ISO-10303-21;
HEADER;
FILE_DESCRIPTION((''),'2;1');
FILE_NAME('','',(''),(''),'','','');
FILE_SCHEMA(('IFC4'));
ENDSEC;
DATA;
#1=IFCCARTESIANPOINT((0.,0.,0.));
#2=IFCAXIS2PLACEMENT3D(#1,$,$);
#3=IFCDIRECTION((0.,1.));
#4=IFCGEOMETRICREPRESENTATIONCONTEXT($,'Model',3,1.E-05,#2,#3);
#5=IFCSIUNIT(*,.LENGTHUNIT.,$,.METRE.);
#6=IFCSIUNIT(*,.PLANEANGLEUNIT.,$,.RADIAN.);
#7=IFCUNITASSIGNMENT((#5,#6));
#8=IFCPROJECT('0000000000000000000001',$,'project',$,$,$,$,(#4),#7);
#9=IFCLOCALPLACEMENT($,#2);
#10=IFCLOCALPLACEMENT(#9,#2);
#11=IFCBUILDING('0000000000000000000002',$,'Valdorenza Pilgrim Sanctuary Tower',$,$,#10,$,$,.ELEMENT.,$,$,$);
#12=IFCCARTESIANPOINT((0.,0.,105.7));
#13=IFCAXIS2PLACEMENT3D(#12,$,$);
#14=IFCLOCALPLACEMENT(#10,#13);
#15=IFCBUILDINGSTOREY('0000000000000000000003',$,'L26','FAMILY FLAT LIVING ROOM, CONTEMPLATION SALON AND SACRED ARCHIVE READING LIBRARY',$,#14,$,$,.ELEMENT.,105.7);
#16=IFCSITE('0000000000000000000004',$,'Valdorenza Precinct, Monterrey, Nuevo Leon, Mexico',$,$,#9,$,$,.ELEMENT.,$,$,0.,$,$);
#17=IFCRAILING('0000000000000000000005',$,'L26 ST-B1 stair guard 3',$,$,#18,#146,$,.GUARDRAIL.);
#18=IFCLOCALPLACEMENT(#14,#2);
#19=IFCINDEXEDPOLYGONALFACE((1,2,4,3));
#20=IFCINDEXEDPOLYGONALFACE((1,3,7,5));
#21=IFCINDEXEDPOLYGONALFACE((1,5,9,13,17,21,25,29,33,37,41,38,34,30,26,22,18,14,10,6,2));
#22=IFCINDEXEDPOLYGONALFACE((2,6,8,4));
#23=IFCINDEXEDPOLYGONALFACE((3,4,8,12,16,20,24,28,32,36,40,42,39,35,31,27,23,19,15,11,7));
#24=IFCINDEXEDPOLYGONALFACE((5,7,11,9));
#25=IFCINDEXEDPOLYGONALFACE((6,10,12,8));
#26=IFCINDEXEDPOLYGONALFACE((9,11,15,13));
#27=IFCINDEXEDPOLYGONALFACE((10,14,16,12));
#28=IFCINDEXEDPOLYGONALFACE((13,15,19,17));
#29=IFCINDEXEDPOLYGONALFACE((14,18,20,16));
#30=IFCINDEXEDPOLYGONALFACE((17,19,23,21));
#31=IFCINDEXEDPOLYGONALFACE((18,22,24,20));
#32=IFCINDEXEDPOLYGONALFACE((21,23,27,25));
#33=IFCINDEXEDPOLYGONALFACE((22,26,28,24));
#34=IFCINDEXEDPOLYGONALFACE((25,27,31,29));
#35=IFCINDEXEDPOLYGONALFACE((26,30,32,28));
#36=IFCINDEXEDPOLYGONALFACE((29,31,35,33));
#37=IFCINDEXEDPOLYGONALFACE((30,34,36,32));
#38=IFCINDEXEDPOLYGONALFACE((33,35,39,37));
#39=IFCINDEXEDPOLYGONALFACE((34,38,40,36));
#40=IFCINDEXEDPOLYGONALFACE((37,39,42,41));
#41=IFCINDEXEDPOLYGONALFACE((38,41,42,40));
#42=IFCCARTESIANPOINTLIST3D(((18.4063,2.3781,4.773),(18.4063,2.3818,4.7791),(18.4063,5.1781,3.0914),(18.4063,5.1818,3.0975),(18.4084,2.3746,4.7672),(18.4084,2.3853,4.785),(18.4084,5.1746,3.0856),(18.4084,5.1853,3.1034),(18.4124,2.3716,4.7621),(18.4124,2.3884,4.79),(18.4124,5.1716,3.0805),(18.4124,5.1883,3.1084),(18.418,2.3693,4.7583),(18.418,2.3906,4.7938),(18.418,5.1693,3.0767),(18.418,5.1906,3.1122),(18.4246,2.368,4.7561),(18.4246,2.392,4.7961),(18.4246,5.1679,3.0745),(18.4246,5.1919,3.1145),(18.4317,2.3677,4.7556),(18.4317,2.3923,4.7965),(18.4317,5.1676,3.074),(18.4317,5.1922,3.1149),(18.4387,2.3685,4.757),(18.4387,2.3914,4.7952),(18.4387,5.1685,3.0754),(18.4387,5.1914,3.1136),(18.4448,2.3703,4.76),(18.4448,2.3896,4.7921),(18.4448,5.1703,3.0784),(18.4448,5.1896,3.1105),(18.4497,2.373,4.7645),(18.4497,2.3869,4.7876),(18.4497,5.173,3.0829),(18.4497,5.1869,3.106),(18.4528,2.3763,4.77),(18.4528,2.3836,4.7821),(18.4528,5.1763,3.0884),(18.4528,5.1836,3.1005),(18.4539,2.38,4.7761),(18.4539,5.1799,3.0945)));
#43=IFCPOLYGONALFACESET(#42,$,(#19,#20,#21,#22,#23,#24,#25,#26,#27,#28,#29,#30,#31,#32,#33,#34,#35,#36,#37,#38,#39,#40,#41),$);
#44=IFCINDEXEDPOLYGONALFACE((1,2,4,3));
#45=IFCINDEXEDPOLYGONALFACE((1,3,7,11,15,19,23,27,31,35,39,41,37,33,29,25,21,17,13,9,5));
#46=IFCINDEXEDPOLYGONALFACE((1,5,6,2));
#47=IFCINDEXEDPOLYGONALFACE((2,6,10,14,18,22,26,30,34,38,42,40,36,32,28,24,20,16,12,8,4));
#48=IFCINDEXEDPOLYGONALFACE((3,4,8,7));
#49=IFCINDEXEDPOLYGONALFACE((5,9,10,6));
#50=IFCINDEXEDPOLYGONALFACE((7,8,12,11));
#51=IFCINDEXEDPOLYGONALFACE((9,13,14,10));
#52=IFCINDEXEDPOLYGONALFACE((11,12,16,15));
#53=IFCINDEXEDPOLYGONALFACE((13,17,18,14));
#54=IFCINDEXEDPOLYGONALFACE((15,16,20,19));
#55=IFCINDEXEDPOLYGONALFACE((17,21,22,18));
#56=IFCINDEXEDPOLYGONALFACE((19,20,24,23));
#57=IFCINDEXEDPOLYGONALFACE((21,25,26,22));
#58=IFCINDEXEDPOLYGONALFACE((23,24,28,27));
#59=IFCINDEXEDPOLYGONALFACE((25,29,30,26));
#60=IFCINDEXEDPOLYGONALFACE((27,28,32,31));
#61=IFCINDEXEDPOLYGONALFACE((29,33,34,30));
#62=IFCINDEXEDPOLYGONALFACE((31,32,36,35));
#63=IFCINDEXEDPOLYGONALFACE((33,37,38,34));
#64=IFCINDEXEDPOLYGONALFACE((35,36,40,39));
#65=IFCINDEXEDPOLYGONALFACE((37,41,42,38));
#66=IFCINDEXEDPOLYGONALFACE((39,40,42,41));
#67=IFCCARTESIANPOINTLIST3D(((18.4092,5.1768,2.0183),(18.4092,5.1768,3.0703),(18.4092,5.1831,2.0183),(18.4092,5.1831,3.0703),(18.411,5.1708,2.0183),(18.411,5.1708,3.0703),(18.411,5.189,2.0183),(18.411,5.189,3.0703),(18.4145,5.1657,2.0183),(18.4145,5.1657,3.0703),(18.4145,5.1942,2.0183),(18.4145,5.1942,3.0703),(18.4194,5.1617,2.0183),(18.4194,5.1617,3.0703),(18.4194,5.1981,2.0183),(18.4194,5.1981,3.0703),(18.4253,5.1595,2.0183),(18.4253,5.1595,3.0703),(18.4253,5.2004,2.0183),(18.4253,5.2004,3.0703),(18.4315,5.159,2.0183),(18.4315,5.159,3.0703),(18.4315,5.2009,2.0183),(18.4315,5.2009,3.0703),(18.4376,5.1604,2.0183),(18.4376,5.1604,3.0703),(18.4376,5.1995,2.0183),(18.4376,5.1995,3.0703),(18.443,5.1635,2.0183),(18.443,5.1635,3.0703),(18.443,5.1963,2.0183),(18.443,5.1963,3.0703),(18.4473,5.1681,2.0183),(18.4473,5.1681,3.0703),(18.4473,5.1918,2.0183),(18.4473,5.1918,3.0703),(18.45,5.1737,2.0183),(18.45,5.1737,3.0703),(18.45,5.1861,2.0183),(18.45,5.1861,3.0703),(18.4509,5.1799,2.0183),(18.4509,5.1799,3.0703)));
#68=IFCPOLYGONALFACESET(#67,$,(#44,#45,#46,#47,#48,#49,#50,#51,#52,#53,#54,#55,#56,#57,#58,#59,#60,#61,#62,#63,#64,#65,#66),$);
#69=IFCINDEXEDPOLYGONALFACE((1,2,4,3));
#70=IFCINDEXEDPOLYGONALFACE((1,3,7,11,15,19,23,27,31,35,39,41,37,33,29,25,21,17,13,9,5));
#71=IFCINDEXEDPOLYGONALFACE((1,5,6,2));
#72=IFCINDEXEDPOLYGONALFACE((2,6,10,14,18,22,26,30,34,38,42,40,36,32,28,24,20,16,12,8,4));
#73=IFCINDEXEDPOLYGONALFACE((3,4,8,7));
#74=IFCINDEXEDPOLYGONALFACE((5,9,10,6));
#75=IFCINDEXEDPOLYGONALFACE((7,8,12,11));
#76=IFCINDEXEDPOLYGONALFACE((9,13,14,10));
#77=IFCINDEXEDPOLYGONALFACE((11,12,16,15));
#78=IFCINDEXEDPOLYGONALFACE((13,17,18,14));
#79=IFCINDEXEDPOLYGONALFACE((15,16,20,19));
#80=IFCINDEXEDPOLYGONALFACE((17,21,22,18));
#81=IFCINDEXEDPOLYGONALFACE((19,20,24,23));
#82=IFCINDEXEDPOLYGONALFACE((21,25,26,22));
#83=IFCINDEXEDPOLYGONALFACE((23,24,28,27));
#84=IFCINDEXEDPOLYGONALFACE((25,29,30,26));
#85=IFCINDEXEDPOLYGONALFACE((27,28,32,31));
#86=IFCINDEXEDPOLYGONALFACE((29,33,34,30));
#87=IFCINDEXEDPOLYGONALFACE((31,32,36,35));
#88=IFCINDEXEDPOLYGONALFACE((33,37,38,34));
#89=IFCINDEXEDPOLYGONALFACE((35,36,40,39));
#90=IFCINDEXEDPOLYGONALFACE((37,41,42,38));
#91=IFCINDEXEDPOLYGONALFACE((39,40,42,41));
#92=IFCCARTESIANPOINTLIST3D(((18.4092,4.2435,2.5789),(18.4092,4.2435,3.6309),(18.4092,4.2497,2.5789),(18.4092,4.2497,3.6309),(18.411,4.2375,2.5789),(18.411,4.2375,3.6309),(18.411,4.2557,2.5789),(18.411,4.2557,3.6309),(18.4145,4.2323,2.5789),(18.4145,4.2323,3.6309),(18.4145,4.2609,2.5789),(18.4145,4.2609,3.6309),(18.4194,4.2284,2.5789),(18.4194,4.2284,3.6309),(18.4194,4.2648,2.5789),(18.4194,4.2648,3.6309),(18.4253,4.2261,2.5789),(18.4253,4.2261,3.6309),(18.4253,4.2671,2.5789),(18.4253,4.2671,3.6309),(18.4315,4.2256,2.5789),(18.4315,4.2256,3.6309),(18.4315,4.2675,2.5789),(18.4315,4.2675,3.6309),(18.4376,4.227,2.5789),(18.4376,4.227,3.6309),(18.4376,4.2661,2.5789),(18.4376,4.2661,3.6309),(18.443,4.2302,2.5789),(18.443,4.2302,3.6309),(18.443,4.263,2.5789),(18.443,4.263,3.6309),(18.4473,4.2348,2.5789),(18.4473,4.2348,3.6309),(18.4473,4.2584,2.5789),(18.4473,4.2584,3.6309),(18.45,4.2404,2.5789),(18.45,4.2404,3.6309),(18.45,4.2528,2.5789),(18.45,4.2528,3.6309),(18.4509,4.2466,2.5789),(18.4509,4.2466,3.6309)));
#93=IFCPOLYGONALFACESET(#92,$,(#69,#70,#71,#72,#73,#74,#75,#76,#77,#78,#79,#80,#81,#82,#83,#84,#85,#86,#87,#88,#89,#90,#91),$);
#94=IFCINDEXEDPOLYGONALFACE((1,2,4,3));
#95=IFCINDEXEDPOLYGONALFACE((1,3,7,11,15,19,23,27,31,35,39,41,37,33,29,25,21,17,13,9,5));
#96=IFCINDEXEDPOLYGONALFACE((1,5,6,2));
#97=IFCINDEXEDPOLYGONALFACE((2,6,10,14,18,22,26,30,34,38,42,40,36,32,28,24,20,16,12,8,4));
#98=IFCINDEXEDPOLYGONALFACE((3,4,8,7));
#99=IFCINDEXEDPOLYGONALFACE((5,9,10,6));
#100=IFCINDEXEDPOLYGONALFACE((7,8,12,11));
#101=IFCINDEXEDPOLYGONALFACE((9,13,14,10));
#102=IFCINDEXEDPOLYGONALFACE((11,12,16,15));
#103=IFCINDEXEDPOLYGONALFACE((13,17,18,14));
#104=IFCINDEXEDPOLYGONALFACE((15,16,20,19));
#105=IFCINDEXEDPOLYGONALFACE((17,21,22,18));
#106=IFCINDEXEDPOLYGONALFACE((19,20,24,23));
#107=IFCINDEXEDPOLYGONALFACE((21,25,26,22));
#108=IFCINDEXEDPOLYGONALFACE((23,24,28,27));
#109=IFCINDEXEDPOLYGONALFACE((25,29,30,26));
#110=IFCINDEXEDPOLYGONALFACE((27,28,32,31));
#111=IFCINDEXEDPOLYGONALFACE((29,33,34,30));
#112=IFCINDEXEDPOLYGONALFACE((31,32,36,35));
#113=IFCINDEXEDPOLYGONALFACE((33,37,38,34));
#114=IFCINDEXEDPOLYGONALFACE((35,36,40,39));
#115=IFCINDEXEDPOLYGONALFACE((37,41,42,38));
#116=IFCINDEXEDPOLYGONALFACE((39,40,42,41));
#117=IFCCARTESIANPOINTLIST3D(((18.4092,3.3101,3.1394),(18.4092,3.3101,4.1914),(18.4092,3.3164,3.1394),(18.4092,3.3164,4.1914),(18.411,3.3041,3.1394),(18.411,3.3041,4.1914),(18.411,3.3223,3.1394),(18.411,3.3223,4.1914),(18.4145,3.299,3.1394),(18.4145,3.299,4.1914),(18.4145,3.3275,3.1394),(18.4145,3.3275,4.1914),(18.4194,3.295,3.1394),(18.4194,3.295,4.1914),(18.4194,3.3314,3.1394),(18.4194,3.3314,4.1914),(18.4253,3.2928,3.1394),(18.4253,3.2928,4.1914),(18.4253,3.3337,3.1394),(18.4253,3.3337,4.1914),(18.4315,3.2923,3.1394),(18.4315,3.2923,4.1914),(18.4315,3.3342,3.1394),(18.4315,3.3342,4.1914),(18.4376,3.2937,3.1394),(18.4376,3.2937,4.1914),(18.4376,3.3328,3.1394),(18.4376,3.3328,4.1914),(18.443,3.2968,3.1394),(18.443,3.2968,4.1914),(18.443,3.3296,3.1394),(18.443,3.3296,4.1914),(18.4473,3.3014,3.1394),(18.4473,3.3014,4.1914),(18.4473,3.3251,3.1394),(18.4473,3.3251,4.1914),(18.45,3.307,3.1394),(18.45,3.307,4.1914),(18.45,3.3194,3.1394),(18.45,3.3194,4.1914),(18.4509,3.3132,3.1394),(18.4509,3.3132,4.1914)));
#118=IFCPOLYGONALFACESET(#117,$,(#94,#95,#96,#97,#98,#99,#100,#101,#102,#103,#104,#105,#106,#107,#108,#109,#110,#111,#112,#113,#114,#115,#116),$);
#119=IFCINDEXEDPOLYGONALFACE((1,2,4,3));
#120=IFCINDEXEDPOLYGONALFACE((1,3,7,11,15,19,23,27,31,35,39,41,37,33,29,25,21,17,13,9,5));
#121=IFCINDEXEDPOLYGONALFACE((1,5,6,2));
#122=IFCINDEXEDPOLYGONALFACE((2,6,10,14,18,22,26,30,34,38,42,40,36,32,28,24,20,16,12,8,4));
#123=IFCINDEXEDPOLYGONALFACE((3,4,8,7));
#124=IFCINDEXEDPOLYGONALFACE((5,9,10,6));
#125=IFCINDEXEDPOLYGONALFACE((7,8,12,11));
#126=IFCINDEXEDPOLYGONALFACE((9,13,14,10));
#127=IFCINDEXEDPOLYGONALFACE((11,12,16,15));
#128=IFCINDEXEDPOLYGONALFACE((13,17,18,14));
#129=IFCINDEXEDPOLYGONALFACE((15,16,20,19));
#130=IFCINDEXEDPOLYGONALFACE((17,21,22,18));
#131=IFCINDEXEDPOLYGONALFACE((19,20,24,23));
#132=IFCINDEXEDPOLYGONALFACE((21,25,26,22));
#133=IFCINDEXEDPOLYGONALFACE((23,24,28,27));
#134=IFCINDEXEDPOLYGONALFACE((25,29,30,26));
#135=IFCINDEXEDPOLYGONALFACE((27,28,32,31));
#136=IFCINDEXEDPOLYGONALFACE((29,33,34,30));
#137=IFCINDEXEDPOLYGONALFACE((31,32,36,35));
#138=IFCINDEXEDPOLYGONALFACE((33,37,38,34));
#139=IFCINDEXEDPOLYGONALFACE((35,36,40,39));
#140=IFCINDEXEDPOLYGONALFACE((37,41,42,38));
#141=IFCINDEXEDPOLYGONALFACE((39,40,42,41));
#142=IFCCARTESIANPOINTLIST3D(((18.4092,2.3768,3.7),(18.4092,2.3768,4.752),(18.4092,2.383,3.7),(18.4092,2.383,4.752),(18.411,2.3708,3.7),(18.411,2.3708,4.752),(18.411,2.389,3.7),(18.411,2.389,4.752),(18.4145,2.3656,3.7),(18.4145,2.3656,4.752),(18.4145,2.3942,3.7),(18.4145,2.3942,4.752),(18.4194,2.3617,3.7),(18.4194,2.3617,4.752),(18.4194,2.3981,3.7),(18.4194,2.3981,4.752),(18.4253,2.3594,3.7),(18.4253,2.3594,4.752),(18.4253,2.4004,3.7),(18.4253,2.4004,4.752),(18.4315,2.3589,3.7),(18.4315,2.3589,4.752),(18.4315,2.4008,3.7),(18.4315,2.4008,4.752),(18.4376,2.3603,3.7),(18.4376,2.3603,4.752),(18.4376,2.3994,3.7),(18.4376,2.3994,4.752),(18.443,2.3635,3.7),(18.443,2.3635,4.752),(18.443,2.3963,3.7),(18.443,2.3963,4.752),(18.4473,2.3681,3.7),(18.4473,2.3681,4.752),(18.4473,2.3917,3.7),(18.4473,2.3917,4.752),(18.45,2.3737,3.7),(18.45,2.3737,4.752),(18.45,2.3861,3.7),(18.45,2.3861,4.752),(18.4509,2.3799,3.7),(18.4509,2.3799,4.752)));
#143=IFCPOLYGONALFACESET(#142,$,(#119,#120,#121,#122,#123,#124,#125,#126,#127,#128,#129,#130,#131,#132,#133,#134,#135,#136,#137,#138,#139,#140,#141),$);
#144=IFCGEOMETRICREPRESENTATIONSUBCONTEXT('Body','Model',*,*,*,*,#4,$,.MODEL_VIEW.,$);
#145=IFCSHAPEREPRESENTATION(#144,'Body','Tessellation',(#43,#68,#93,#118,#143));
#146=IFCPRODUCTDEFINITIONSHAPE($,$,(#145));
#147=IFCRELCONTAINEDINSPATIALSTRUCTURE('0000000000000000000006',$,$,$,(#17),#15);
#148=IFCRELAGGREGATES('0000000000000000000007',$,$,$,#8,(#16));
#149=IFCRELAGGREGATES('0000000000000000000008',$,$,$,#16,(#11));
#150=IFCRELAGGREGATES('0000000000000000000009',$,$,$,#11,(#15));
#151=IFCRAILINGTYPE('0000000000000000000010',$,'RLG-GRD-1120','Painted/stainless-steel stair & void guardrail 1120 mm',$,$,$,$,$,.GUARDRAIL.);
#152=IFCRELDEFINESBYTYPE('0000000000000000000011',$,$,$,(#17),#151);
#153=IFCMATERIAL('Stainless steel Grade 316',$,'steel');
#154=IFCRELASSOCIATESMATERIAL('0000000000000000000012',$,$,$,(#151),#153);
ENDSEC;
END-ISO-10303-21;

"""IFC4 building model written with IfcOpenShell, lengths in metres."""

from ifc_helpers import new_model, si_unit, direction, frame, origin, origin_2d, place, context, subcontext, project, spatial, circle, extrude, material, type_object, element, save


model = new_model("IFC4")

# Units and contexts
model_context = context("Model", 3, precision=1e-05, world=origin(), true_north=direction((0.0, 1.0)))
body_context = subcontext(model_context, "Body", "Model", "MODEL_VIEW")
ifc_project = project(units=[si_unit("LENGTHUNIT", "METRE"), si_unit("PLANEANGLEUNIT", "RADIAN")], contexts=[model_context])

# Site, building, storey
site_placement = place(None, origin())
site = spatial("IfcSite", under=ifc_project, at=site_placement, Name="Valdorenza Precinct, Monterrey, Nuevo Leon, Mexico", CompositionType="ELEMENT", RefElevation=0.0)
building_placement = place(site_placement, origin())
building = spatial("IfcBuilding", under=site, at=building_placement, Name="Valdorenza Pilgrim Sanctuary Tower", CompositionType="ELEMENT")
storey_placement = place(building_placement, frame((0.0, 0.0, 105.7)))
storey = spatial("IfcBuildingStorey", under=building, at=storey_placement, Name="L26", Description="FAMILY FLAT LIVING ROOM, CONTEMPLATION SALON AND SACRED ARCHIVE READING LIBRARY", CompositionType="ELEMENT", Elevation=105.7)

# Railing
ifc_material_1 = material(Name="Stainless steel Grade 316", Category="steel")
railing_type_1 = type_object("IfcRailingType", Name="RLG-GRD-1120", Description="Painted/stainless-steel stair & void guardrail 1120 mm", PredefinedType="GUARDRAIL", material=ifc_material_1)
railing_1_placement = place(storey_placement, frame((18.4299, 5.1799, 2.0183)))
element("IfcRailing", 1, at=railing_1_placement, inside=storey, type_object=railing_type_1, Name="L26 ST-B1 stair guard 3", PredefinedType="GUARDRAIL", context=body_context, shape_type="SweptSolid", body=[
    extrude(circle(Radius=0.0239, at=origin_2d()), frame((0.0, 0.0, 1.0762), z_axis=(0.0, -0.857275, 0.514858), x_axis=(1.0, 0.0, 0.0)), (0.0, 0.0, 1.0), 3.2661),
    extrude(circle(Radius=0.021, at=origin_2d()), origin(), (0.0, 0.0, 1.0), 1.052),
    extrude(circle(Radius=0.021, at=origin_2d()), frame((0.0, -0.9333, 0.5605)), (0.0, 0.0, 1.0), 1.052),
    extrude(circle(Radius=0.021, at=origin_2d()), frame((0.0, -1.8667, 1.1211)), (0.0, 0.0, 1.0), 1.052),
    extrude(circle(Radius=0.021, at=origin_2d()), frame((0.0, -2.8, 1.6816)), (0.0, 0.0, 1.0), 1.052),
])

save(model, "model.ifc")
